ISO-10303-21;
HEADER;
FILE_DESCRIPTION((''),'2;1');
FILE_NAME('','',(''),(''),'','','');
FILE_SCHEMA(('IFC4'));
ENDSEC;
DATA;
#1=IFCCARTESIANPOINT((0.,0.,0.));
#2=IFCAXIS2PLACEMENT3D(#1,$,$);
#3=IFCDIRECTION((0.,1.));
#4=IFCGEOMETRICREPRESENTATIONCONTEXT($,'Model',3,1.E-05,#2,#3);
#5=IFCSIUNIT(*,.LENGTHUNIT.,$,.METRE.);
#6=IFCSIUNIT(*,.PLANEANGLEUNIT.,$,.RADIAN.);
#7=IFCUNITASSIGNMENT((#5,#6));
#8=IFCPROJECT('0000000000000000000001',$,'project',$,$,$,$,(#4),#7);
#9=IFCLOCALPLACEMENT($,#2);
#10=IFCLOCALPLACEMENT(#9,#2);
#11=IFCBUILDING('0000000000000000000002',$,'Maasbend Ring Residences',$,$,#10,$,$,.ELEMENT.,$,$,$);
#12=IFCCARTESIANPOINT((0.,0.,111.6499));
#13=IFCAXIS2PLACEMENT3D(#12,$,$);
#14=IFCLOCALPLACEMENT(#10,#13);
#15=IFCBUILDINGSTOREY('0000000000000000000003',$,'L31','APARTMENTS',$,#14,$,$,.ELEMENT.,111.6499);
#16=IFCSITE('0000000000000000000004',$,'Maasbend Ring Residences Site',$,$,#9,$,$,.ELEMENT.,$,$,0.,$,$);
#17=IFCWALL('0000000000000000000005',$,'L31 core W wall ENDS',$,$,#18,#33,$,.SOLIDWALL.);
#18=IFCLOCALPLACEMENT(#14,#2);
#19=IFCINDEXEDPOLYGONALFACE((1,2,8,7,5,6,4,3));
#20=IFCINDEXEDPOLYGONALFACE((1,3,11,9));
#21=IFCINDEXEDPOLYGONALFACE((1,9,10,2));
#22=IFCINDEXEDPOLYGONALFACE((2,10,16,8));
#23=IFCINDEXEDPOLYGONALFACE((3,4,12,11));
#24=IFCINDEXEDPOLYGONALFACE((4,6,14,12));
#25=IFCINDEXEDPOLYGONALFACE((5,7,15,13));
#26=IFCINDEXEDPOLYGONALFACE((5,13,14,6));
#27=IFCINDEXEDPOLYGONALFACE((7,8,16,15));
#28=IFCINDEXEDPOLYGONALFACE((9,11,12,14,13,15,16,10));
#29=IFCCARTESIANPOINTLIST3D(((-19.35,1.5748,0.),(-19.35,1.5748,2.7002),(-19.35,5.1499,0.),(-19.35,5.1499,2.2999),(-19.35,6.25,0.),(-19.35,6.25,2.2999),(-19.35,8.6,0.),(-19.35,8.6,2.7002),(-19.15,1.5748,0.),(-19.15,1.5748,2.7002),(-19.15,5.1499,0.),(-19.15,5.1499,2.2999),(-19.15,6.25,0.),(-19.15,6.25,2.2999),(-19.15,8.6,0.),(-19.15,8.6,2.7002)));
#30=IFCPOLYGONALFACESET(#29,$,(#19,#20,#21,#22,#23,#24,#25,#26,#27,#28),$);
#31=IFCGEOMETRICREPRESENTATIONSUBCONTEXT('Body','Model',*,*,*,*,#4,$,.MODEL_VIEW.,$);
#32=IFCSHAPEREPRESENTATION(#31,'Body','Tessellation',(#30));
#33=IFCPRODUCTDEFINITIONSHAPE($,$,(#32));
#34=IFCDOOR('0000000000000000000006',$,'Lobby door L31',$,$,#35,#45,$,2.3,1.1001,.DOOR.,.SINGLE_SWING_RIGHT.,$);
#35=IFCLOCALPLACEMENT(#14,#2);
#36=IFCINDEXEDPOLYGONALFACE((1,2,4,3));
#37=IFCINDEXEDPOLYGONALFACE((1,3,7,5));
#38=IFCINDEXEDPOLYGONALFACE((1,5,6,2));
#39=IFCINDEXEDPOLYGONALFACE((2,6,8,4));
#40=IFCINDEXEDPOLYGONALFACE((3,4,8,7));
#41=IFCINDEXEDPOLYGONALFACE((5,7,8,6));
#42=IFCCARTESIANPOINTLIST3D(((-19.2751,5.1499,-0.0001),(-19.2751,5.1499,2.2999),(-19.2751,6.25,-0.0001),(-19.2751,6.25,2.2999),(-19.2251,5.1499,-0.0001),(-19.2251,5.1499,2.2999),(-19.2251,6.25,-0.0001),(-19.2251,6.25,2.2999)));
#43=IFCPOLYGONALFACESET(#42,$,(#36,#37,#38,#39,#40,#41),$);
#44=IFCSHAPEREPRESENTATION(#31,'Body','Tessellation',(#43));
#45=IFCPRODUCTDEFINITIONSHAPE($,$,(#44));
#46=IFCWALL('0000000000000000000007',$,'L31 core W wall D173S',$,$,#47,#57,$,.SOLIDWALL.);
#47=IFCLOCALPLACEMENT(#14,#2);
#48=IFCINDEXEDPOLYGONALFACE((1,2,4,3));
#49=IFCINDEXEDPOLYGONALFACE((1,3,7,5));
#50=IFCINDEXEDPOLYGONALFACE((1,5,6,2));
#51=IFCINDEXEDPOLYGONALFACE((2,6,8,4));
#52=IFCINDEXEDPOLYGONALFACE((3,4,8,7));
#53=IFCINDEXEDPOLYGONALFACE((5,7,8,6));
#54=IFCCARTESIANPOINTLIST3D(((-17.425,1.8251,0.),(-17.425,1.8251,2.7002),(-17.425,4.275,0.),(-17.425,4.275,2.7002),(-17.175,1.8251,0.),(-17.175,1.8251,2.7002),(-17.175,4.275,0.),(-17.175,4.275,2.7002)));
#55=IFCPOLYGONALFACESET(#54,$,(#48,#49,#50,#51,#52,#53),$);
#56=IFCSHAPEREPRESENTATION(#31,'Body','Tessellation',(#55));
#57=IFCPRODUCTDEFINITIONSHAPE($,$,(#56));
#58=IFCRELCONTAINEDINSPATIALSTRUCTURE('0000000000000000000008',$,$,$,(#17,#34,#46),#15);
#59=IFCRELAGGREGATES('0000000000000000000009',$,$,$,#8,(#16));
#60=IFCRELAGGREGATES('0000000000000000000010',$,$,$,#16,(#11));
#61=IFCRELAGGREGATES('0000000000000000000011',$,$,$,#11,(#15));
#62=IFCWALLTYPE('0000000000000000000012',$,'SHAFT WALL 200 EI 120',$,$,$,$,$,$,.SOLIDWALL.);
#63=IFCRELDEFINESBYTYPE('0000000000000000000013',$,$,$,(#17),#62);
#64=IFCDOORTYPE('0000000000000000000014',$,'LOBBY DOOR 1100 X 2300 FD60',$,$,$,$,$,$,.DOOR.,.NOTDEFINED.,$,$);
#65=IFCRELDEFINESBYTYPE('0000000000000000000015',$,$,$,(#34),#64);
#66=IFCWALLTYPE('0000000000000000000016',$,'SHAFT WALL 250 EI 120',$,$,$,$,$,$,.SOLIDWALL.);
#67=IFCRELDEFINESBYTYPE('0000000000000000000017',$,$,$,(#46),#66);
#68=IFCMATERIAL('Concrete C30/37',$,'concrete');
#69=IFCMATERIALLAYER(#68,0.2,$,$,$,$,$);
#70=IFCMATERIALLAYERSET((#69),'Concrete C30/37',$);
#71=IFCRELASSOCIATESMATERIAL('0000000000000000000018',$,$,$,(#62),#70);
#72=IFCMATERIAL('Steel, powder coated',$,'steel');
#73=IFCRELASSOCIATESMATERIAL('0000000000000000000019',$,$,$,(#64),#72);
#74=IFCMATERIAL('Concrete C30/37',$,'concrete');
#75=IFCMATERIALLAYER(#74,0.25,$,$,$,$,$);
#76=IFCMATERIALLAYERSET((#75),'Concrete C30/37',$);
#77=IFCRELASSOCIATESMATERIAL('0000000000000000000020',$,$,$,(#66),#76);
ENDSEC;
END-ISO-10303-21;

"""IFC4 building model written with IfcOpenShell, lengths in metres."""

from ifc_helpers import new_model, si_unit, direction, frame, frame_2d, origin, place, context, subcontext, project, spatial, rectangle, extrude, material, layer, layer_set, type_object, element, fill, save


model = new_model("IFC4")

# Units and contexts
model_context = context("Model", 3, precision=1e-05, world=origin(), true_north=direction((0.0, 1.0)))
body_context = subcontext(model_context, "Body", "Model", "MODEL_VIEW")
ifc_project = project(units=[si_unit("LENGTHUNIT", "METRE"), si_unit("PLANEANGLEUNIT", "RADIAN")], contexts=[model_context])

# Site, building, storey
site_placement = place(None, origin())
site = spatial("IfcSite", under=ifc_project, at=site_placement, Name="Maasbend Ring Residences Site", CompositionType="ELEMENT", RefElevation=0.0)
building_placement = place(site_placement, origin())
building = spatial("IfcBuilding", under=site, at=building_placement, Name="Maasbend Ring Residences", CompositionType="ELEMENT")
storey_placement = place(building_placement, frame((0.0, 0.0, 111.6499)))
storey = spatial("IfcBuildingStorey", under=building, at=storey_placement, Name="L31", Description="APARTMENTS", CompositionType="ELEMENT", Elevation=111.6499)

# Wall, opening, door
ifc_material_1 = material(Name="Concrete C30/37", Category="concrete")
ifc_layer_1 = layer(ifc_material_1, 0.2)
ifc_layer_set_1 = layer_set([ifc_layer_1], Name="Concrete C30/37")
wall_type_1 = type_object("IfcWallType", Name="SHAFT WALL 200 EI 120", PredefinedType="SOLIDWALL", material=ifc_layer_set_1)
wall_1_placement = place(storey_placement, frame((-19.25, 8.6001, 0.0), z_axis=(0.0, 0.0, 1.0), x_axis=(0.0, -1.0, 0.0)))
wall_1 = element("IfcWall", 1, at=wall_1_placement, inside=storey, type_object=wall_type_1, Name="L31 core W wall ENDS", PredefinedType="SOLIDWALL", context=body_context, shape_type="SweptSolid", body=[
    extrude(rectangle(XDim=7.0251, YDim=0.2, at=frame_2d((3.5127, 0.0))), origin(), (0.0, 0.0, 1.0), 2.7002),
])
opening_1_placement = place(wall_1_placement, frame((2.3501, 0.0, 0.0)))
opening_1 = element("IfcOpeningElement", 2, at=opening_1_placement, cuts=wall_1, PredefinedType="OPENING", context=body_context, shape_type="SweptSolid", body=[
    extrude(rectangle(XDim=1.1001, YDim=2.3, at=frame_2d((0.55, 1.1499))), frame((0.0, 0.1099, 0.0), z_axis=(0.0, -1.0, 0.0), x_axis=(1.0, 0.0, 0.0)), (0.0, 0.0, 1.0), 0.22),
])
ifc_material_2 = material(Name="Steel, powder coated", Category="steel")
door_type_1 = type_object("IfcDoorType", Name="LOBBY DOOR 1100 X 2300 FD60", OperationType="NOTDEFINED", PredefinedType="DOOR", material=ifc_material_2)
door_1_placement = place(opening_1_placement, origin())
door_1 = element("IfcDoor", 3, at=door_1_placement, inside=storey, type_object=door_type_1, Name="Lobby door L31", OperationType="SINGLE_SWING_RIGHT", OverallHeight=2.3, OverallWidth=1.1001, PredefinedType="DOOR", context=body_context, shape_type="SweptSolid", body=[
    extrude(rectangle(XDim=1.1001, YDim=2.3, at=frame_2d((0.55, 1.1499))), frame((0.0, 0.0249, 0.0), z_axis=(0.0, -1.0, 0.0), x_axis=(1.0, 0.0, 0.0)), (0.0, 0.0, 1.0), 0.05),
])
fill(opening_1, door_1)

# Wall
ifc_material_3 = material(Name="Concrete C30/37", Category="concrete")
ifc_layer_2 = layer(ifc_material_3, 0.25)
ifc_layer_set_2 = layer_set([ifc_layer_2], Name="Concrete C30/37")
wall_type_2 = type_object("IfcWallType", Name="SHAFT WALL 250 EI 120", PredefinedType="SOLIDWALL", material=ifc_layer_set_2)
wall_2_placement = place(storey_placement, frame((-17.3, 1.825, 0.0), z_axis=(0.0, 0.0, 1.0), x_axis=(0.0, 1.0, 0.0)))
element("IfcWall", 4, at=wall_2_placement, inside=storey, type_object=wall_type_2, Name="L31 core W wall D173S", PredefinedType="SOLIDWALL", context=body_context, shape_type="SweptSolid", body=[
    extrude(rectangle(XDim=2.45, YDim=0.25, at=frame_2d((1.2251, 0.0))), origin(), (0.0, 0.0, 1.0), 2.7002),
])

save(model, "model.ifc")
